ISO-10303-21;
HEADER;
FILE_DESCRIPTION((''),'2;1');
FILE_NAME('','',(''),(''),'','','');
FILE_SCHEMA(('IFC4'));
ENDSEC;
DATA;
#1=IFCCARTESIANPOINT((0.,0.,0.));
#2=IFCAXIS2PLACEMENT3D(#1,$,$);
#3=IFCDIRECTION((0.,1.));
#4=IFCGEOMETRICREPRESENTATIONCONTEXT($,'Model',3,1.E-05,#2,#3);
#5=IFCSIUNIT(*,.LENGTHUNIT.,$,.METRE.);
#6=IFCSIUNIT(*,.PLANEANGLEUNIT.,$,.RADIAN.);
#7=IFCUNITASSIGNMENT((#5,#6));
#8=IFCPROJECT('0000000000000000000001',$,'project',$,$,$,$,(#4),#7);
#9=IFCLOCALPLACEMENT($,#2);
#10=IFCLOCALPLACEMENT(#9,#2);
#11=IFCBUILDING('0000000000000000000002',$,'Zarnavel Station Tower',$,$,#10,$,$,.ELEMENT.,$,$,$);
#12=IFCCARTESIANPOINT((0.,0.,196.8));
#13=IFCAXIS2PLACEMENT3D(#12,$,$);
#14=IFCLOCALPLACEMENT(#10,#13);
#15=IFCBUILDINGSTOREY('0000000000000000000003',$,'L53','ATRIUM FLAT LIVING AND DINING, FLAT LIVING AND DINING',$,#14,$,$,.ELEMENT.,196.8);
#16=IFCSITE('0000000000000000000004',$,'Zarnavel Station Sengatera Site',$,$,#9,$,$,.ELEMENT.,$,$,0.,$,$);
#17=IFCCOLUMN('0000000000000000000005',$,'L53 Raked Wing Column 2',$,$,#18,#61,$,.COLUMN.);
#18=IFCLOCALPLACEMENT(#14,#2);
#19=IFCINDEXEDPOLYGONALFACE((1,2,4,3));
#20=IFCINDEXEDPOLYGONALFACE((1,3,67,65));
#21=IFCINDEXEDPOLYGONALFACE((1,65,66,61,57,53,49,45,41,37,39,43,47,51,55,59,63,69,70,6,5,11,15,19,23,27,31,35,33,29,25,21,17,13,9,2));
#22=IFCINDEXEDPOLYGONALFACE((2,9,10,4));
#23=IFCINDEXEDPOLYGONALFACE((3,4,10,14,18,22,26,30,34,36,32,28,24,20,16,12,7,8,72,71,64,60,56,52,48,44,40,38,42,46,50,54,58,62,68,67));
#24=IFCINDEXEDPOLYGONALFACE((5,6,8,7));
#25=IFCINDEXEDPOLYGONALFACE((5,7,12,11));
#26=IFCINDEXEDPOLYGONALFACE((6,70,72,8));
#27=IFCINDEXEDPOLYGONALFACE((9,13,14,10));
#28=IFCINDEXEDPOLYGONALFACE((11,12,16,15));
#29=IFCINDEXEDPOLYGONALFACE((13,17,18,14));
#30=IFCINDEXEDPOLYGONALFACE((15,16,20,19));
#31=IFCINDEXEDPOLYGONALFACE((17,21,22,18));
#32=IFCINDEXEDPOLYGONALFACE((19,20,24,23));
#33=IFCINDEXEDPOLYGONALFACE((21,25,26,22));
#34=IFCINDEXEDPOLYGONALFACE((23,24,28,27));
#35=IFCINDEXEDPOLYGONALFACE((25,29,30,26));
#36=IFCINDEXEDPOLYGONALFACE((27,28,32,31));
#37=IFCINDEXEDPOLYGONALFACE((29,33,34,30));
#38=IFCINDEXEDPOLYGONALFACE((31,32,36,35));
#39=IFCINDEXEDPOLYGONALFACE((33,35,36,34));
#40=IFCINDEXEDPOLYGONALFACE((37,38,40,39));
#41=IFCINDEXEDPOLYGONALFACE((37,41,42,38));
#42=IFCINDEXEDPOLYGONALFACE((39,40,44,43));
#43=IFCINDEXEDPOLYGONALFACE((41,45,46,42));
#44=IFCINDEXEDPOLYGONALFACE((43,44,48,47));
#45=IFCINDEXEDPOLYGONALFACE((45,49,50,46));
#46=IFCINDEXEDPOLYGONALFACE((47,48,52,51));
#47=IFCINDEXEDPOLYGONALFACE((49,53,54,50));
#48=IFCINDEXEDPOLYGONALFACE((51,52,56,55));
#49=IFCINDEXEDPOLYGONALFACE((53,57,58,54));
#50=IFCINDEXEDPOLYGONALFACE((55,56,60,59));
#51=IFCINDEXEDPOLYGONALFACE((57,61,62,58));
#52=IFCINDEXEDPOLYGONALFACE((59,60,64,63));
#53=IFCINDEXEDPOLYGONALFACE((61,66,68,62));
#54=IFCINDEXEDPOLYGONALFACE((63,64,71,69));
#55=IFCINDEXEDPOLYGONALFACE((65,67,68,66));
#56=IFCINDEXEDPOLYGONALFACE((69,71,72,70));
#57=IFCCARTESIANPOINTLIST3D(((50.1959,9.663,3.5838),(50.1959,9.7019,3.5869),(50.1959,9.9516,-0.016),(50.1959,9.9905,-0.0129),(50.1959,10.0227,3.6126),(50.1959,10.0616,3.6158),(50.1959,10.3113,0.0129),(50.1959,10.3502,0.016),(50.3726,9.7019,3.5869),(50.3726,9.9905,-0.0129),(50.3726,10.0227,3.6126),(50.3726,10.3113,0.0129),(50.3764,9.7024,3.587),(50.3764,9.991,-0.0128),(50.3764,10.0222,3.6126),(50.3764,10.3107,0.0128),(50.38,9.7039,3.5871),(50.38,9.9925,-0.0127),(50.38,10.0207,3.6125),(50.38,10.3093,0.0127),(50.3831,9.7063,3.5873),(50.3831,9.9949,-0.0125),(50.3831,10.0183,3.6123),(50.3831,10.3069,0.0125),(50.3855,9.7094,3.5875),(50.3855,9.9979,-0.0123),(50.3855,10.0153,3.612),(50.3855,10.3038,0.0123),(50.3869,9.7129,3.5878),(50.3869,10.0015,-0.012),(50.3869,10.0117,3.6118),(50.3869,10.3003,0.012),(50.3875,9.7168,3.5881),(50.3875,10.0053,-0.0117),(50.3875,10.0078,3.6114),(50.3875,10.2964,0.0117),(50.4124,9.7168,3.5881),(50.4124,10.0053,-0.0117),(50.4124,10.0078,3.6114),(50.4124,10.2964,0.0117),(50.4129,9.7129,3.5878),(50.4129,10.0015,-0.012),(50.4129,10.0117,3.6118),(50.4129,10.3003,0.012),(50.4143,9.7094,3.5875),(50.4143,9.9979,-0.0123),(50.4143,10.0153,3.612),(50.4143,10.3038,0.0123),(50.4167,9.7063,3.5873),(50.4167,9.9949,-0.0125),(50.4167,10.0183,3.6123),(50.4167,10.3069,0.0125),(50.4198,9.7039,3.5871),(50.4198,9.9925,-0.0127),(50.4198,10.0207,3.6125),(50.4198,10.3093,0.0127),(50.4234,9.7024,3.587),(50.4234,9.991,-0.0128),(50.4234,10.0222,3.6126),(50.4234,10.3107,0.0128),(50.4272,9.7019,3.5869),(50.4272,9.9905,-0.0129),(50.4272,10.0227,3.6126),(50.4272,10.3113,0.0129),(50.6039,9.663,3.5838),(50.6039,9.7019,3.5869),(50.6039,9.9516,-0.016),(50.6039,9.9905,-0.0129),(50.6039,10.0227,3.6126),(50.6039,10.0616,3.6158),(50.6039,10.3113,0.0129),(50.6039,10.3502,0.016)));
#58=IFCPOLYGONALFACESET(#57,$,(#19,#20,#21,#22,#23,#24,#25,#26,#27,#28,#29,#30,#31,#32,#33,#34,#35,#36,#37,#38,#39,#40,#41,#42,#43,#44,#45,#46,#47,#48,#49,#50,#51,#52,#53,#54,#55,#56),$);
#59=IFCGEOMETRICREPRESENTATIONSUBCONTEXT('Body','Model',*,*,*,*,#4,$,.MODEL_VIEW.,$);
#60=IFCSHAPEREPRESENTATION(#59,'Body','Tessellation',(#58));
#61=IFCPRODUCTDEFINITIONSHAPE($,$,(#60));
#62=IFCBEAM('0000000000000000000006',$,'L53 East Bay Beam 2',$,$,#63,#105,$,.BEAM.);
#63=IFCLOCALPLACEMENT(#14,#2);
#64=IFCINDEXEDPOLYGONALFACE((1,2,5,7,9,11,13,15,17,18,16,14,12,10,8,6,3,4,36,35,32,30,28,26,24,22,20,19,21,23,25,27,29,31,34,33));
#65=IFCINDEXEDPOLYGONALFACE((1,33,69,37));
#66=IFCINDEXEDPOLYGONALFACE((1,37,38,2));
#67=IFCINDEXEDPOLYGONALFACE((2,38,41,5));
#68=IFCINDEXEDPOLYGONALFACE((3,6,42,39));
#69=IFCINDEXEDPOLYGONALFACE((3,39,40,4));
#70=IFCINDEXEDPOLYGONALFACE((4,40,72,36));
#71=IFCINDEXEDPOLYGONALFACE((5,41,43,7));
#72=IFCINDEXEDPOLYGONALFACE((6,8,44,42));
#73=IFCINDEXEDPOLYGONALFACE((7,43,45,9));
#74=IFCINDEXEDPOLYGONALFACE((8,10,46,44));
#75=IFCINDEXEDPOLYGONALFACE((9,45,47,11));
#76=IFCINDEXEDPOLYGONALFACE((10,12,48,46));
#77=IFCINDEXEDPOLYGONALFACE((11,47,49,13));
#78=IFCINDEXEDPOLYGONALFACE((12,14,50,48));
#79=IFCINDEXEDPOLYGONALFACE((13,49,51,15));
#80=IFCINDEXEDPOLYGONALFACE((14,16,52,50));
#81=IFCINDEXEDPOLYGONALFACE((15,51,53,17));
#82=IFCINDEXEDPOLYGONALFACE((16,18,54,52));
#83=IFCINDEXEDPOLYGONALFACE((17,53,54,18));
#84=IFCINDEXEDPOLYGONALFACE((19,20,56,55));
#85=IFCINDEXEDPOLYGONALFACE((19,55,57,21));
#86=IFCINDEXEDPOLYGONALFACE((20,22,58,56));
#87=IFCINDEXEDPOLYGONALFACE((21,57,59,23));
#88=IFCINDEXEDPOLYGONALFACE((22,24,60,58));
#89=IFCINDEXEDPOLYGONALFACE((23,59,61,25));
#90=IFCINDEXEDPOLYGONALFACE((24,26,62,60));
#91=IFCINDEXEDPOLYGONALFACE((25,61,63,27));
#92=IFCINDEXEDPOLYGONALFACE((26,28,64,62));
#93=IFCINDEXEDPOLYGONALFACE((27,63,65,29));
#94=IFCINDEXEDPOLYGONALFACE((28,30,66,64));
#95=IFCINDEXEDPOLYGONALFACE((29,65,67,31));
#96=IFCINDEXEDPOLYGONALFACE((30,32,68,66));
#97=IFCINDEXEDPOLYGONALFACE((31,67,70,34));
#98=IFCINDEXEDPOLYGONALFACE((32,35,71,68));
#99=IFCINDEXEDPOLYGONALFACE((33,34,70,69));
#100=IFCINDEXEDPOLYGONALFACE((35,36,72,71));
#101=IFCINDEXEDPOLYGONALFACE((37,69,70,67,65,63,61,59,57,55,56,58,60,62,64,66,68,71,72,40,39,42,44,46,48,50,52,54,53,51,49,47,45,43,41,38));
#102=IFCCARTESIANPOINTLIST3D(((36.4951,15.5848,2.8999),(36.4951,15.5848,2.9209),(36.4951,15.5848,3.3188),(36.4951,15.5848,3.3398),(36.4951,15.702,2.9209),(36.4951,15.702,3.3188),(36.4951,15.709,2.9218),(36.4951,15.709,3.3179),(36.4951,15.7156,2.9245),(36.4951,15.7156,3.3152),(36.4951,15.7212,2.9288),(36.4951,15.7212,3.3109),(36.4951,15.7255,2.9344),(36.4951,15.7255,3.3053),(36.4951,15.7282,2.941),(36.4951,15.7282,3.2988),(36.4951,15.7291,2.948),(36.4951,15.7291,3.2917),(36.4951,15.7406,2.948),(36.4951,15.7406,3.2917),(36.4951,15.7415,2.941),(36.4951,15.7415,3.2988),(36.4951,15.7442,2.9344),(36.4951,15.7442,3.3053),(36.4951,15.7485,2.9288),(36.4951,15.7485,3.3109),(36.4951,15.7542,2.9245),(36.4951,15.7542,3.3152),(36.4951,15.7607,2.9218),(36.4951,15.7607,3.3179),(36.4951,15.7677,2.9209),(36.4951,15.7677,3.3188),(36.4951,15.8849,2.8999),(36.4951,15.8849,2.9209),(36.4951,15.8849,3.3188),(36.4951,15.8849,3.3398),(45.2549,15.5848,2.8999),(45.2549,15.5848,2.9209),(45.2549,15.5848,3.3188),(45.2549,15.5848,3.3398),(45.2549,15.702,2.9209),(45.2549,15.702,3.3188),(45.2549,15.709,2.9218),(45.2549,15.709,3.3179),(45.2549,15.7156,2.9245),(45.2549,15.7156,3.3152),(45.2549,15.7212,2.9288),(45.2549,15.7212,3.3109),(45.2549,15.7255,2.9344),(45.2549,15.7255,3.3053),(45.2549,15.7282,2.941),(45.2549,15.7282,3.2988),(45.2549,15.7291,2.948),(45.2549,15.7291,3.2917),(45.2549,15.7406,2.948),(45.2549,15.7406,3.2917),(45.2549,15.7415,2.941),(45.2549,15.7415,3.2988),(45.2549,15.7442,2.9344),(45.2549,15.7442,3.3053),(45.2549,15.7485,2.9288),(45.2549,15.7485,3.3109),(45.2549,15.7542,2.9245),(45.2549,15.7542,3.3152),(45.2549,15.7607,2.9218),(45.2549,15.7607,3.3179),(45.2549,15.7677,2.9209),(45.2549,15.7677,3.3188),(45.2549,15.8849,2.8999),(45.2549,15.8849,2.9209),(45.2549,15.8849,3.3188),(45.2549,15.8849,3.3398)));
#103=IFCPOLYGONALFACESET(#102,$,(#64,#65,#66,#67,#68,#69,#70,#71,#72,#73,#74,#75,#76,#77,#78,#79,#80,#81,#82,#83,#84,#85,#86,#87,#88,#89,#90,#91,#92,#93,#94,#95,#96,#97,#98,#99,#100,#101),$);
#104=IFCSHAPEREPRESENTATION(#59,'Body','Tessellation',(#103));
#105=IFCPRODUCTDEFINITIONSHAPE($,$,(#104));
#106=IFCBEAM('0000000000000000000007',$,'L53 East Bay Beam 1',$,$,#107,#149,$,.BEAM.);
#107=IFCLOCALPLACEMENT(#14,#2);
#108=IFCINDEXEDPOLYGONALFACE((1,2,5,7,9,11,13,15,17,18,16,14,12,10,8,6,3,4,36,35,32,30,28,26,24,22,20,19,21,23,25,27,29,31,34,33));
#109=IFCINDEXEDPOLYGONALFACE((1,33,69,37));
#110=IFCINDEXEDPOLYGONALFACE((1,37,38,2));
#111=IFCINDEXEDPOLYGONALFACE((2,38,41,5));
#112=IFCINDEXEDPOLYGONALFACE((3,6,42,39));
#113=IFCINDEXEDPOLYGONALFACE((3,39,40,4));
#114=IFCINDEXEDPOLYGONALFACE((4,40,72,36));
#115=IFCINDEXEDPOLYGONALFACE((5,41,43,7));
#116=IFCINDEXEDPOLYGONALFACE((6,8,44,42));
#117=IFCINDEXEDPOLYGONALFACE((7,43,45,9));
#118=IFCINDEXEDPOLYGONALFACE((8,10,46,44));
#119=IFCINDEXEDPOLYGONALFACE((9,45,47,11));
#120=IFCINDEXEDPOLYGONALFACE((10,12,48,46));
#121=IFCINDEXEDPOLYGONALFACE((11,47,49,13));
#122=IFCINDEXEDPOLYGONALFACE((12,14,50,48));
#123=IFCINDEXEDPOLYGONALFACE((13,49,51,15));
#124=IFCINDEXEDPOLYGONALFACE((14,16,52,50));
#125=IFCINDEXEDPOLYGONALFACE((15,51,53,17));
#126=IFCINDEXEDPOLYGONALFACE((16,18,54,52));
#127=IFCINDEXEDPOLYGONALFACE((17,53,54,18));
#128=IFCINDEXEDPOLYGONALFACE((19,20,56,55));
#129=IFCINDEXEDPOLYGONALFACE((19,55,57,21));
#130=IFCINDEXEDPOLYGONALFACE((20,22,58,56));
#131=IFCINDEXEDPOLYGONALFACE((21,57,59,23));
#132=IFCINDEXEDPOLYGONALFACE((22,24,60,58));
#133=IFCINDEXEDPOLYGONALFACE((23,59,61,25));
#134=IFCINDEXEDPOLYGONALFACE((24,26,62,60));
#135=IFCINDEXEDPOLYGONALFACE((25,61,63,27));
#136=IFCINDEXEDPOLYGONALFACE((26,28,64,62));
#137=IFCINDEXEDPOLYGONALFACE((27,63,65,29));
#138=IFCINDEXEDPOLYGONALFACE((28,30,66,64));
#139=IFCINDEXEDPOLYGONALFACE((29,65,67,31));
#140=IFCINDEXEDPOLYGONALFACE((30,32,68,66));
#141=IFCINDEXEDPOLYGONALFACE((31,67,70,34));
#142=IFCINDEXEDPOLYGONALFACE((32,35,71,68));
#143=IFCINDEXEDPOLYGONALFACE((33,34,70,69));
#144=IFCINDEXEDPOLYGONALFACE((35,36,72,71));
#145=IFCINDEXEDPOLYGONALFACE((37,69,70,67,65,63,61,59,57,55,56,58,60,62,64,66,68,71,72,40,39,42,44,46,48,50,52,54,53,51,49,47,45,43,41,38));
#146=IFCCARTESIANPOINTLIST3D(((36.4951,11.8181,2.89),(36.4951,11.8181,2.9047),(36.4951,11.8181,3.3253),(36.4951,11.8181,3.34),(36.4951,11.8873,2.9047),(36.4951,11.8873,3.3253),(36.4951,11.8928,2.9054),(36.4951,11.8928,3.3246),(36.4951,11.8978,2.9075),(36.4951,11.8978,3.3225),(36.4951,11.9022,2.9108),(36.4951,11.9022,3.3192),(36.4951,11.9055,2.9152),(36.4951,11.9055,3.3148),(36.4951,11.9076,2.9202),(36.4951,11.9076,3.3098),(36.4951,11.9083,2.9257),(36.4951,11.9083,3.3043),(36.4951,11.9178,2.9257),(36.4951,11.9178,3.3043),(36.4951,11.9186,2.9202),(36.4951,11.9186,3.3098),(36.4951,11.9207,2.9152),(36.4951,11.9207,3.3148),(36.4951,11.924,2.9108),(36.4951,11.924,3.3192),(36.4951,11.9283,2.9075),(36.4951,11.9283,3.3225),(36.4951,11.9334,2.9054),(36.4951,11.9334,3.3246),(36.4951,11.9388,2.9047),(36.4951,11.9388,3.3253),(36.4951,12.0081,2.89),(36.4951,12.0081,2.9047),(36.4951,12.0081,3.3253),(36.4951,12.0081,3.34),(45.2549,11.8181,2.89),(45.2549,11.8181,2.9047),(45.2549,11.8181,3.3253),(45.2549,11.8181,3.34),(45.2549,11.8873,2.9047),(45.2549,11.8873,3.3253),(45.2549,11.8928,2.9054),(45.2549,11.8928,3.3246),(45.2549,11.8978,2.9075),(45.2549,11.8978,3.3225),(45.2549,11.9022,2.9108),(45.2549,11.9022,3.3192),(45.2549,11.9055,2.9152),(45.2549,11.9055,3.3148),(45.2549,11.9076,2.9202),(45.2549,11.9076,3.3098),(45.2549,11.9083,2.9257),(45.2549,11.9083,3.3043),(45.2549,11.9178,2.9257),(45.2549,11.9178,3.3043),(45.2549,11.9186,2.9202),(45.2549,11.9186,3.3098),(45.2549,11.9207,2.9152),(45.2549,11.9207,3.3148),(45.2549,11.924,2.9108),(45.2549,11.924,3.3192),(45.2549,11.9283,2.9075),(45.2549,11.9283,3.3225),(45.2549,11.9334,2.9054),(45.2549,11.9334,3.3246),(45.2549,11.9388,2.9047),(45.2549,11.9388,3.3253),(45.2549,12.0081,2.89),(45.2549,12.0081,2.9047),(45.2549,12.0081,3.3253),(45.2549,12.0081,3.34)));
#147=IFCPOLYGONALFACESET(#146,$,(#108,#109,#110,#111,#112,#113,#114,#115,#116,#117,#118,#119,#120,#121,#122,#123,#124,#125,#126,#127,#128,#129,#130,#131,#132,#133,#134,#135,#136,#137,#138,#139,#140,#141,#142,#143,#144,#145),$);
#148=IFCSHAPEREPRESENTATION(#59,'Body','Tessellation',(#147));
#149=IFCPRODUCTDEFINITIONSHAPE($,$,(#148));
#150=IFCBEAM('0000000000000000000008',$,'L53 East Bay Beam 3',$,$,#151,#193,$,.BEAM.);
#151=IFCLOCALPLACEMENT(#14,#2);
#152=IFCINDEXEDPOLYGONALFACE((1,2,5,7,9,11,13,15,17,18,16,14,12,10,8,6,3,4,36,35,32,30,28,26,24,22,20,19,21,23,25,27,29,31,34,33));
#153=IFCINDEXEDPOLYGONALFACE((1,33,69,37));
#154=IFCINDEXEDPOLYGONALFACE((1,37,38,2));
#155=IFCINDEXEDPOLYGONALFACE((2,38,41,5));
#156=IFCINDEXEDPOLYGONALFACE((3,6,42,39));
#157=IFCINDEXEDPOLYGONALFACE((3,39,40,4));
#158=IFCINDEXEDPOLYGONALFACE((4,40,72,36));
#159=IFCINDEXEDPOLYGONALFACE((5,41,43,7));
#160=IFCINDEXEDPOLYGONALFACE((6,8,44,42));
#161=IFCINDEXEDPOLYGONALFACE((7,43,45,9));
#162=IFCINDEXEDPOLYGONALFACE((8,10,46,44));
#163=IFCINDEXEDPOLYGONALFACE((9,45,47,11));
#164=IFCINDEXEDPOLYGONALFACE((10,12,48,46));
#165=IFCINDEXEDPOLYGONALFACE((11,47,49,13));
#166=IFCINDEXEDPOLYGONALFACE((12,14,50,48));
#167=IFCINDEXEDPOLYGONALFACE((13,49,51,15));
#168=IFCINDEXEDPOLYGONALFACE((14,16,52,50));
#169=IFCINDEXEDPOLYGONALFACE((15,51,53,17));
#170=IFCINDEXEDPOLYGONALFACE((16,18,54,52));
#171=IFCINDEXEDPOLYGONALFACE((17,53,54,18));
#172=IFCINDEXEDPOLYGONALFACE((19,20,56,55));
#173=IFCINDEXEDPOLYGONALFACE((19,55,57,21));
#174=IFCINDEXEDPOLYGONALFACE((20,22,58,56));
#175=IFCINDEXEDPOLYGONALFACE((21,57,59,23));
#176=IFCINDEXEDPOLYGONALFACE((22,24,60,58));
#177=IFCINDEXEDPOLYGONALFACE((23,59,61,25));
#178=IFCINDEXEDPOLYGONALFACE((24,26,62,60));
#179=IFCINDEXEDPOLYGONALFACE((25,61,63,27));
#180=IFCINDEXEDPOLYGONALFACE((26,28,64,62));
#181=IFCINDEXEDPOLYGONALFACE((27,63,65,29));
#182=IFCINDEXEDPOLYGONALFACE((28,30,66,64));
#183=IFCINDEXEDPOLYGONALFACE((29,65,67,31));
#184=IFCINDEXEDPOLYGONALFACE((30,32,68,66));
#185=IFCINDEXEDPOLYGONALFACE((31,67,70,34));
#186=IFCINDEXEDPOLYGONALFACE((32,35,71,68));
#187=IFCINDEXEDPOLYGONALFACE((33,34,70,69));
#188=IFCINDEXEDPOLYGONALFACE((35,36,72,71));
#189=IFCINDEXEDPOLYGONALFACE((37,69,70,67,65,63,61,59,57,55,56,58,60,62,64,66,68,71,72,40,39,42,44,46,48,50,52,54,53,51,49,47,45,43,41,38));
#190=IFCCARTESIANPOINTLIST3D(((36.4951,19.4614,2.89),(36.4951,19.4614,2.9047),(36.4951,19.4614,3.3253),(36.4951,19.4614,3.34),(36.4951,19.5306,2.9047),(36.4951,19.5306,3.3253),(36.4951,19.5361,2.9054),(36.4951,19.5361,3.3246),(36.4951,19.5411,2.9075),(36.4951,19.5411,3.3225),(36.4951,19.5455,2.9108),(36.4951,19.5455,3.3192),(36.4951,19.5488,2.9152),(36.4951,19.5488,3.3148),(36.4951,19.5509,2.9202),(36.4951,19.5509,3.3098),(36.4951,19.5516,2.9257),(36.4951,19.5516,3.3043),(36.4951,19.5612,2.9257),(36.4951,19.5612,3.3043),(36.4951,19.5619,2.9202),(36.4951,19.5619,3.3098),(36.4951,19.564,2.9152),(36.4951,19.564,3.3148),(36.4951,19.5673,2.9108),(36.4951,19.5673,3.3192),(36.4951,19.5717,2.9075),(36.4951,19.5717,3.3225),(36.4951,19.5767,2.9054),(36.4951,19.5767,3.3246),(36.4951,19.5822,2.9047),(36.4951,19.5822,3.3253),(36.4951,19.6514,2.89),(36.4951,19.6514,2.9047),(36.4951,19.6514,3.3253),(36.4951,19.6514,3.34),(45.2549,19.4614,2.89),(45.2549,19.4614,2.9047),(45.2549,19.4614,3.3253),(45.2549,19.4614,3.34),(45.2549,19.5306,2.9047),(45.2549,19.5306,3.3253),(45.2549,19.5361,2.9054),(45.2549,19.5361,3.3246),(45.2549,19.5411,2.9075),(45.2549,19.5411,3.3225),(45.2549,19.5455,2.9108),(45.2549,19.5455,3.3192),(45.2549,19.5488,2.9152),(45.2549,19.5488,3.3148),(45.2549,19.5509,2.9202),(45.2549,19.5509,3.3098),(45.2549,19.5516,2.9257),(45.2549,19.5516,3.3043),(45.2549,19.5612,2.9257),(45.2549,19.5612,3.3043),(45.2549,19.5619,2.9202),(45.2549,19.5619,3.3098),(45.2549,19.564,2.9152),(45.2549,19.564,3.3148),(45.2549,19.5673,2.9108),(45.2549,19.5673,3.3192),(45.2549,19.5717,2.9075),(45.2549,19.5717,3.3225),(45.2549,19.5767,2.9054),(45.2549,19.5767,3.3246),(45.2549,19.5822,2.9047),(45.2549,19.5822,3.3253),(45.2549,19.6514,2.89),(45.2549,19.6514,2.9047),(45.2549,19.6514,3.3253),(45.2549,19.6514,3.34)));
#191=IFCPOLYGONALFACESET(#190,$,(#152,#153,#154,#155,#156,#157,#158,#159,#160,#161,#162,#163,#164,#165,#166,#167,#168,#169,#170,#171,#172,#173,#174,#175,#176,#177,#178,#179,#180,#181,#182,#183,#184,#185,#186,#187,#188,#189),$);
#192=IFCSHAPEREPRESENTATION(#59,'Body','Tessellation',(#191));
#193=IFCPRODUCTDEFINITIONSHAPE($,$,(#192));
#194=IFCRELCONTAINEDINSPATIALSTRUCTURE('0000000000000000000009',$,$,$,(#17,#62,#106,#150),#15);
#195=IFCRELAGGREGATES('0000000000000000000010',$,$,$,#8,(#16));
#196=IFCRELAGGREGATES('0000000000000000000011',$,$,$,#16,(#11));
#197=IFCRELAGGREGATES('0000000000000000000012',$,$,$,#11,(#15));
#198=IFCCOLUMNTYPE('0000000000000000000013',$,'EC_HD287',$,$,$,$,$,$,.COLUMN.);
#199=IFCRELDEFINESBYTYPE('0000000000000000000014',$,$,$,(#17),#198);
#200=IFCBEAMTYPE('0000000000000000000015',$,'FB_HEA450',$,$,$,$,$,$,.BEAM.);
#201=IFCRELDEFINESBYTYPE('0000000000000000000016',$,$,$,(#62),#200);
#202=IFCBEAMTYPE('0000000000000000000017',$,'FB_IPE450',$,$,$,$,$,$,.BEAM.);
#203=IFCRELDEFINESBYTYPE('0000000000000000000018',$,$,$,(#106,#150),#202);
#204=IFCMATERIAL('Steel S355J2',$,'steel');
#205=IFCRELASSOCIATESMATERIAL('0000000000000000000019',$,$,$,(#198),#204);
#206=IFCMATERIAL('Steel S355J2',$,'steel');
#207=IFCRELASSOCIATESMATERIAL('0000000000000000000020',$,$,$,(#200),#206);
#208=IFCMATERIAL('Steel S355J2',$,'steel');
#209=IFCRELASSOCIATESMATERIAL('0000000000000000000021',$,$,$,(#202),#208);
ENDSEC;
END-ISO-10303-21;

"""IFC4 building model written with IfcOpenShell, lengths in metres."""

from ifc_helpers import new_model, si_unit, direction, frame, origin, origin_2d, place, context, subcontext, project, spatial, i_section, extrude, material, material_profile, profile_set, type_object, element, save


model = new_model("IFC4")

# Units and contexts
model_context = context("Model", 3, precision=1e-05, world=origin(), true_north=direction((0.0, 1.0)))
body_context = subcontext(model_context, "Body", "Model", "MODEL_VIEW")
ifc_project = project(units=[si_unit("LENGTHUNIT", "METRE"), si_unit("PLANEANGLEUNIT", "RADIAN")], contexts=[model_context])

# Site, building, storey
site_placement = place(None, origin())
site = spatial("IfcSite", under=ifc_project, at=site_placement, Name="Zarnavel Station Sengatera Site", CompositionType="ELEMENT", RefElevation=0.0)
building_placement = place(site_placement, origin())
building = spatial("IfcBuilding", under=site, at=building_placement, Name="Zarnavel Station Tower", CompositionType="ELEMENT")
storey_placement = place(building_placement, frame((0.0, 0.0, 196.8)))
storey = spatial("IfcBuildingStorey", under=building, at=storey_placement, Name="L53", Description="ATRIUM FLAT LIVING AND DINING, FLAT LIVING AND DINING", CompositionType="ELEMENT", Elevation=196.8)

# Column
ifc_material_1 = material(Name="Steel S355J2", Category="steel")
ifc_material_profile_1 = material_profile(ifc_material_1, i_section(OverallWidth=0.408, OverallDepth=0.3999, WebThickness=0.0249, FlangeThickness=0.0391, FilletRadius=0.0149, at=origin_2d()), Name="HD400x287")
ifc_profile_set_1 = profile_set([ifc_material_profile_1], Name="Steel S355J2")
column_type = type_object("IfcColumnType", Name="EC_HD287", PredefinedType="COLUMN", material=ifc_profile_set_1)
column_placement = place(storey_placement, frame((50.3999, 10.1509, 0.0), z_axis=(0.0, -0.079906, 0.996802), x_axis=(1.0, 0.0, 0.0)))
element("IfcColumn", 1, at=column_placement, inside=storey, type_object=column_type, Name="L53 Raked Wing Column 2", PredefinedType="COLUMN", context=body_context, shape_type="SweptSolid", body=[
    extrude(i_section(OverallWidth=0.408, OverallDepth=0.3999, WebThickness=0.0249, FlangeThickness=0.0391, FilletRadius=0.0149, at=origin_2d()), origin(), (0.0, 0.0, 1.0), 3.6113),
])

# Beams
ifc_material_2 = material(Name="Steel S355J2", Category="steel")
ifc_material_profile_2 = material_profile(ifc_material_2, i_section(OverallWidth=0.3, OverallDepth=0.4399, WebThickness=0.0115, FlangeThickness=0.021, FilletRadius=0.0271, at=origin_2d()), Name="HEA450")
ifc_profile_set_2 = profile_set([ifc_material_profile_2], Name="Steel S355J2")
beam_type_1 = type_object("IfcBeamType", Name="FB_HEA450", PredefinedType="BEAM", material=ifc_profile_set_2)
beam_1_placement = place(storey_placement, frame((36.4951, 15.7349, 3.1199), z_axis=(1.0, 0.0, 0.0), x_axis=(0.0, 1.0, 0.0)))
element("IfcBeam", 2, at=beam_1_placement, inside=storey, type_object=beam_type_1, Name="L53 East Bay Beam 2", PredefinedType="BEAM", context=body_context, shape_type="SweptSolid", body=[
    extrude(i_section(OverallWidth=0.3, OverallDepth=0.4399, WebThickness=0.0115, FlangeThickness=0.021, FilletRadius=0.0271, at=origin_2d()), origin(), (0.0, 0.0, 1.0), 8.7598),
])
ifc_material_3 = material(Name="Steel S355J2", Category="steel")
ifc_material_profile_3 = material_profile(ifc_material_3, i_section(OverallWidth=0.1899, OverallDepth=0.45, WebThickness=0.0095, FlangeThickness=0.0146, FilletRadius=0.021, at=origin_2d()), Name="IPE450")
ifc_profile_set_3 = profile_set([ifc_material_profile_3], Name="Steel S355J2")
beam_type_2 = type_object("IfcBeamType", Name="FB_IPE450", PredefinedType="BEAM", material=ifc_profile_set_3)
for number, where, z_axis, x_axis, name in (
    (3, (36.4951, 11.9131, 3.115), (1.0, 0.0, 0.0), (0.0, 1.0, 0.0), "L53 East Bay Beam 1"),
    (4, (36.4951, 19.5564, 3.115), (1.0, 0.0, 0.0), (0.0, 1.0, 0.0), "L53 East Bay Beam 3"),
):
    element("IfcBeam", number, at=place(storey_placement, frame(where, z_axis=z_axis, x_axis=x_axis)), inside=storey, type_object=beam_type_2, Name=name, PredefinedType="BEAM", context=body_context, shape_type="SweptSolid", body=[
        extrude(i_section(OverallWidth=0.1899, OverallDepth=0.45, WebThickness=0.0095, FlangeThickness=0.0146, FilletRadius=0.021, at=origin_2d()), origin(), (0.0, 0.0, 1.0), 8.7598),
    ])

save(model, "model.ifc")
